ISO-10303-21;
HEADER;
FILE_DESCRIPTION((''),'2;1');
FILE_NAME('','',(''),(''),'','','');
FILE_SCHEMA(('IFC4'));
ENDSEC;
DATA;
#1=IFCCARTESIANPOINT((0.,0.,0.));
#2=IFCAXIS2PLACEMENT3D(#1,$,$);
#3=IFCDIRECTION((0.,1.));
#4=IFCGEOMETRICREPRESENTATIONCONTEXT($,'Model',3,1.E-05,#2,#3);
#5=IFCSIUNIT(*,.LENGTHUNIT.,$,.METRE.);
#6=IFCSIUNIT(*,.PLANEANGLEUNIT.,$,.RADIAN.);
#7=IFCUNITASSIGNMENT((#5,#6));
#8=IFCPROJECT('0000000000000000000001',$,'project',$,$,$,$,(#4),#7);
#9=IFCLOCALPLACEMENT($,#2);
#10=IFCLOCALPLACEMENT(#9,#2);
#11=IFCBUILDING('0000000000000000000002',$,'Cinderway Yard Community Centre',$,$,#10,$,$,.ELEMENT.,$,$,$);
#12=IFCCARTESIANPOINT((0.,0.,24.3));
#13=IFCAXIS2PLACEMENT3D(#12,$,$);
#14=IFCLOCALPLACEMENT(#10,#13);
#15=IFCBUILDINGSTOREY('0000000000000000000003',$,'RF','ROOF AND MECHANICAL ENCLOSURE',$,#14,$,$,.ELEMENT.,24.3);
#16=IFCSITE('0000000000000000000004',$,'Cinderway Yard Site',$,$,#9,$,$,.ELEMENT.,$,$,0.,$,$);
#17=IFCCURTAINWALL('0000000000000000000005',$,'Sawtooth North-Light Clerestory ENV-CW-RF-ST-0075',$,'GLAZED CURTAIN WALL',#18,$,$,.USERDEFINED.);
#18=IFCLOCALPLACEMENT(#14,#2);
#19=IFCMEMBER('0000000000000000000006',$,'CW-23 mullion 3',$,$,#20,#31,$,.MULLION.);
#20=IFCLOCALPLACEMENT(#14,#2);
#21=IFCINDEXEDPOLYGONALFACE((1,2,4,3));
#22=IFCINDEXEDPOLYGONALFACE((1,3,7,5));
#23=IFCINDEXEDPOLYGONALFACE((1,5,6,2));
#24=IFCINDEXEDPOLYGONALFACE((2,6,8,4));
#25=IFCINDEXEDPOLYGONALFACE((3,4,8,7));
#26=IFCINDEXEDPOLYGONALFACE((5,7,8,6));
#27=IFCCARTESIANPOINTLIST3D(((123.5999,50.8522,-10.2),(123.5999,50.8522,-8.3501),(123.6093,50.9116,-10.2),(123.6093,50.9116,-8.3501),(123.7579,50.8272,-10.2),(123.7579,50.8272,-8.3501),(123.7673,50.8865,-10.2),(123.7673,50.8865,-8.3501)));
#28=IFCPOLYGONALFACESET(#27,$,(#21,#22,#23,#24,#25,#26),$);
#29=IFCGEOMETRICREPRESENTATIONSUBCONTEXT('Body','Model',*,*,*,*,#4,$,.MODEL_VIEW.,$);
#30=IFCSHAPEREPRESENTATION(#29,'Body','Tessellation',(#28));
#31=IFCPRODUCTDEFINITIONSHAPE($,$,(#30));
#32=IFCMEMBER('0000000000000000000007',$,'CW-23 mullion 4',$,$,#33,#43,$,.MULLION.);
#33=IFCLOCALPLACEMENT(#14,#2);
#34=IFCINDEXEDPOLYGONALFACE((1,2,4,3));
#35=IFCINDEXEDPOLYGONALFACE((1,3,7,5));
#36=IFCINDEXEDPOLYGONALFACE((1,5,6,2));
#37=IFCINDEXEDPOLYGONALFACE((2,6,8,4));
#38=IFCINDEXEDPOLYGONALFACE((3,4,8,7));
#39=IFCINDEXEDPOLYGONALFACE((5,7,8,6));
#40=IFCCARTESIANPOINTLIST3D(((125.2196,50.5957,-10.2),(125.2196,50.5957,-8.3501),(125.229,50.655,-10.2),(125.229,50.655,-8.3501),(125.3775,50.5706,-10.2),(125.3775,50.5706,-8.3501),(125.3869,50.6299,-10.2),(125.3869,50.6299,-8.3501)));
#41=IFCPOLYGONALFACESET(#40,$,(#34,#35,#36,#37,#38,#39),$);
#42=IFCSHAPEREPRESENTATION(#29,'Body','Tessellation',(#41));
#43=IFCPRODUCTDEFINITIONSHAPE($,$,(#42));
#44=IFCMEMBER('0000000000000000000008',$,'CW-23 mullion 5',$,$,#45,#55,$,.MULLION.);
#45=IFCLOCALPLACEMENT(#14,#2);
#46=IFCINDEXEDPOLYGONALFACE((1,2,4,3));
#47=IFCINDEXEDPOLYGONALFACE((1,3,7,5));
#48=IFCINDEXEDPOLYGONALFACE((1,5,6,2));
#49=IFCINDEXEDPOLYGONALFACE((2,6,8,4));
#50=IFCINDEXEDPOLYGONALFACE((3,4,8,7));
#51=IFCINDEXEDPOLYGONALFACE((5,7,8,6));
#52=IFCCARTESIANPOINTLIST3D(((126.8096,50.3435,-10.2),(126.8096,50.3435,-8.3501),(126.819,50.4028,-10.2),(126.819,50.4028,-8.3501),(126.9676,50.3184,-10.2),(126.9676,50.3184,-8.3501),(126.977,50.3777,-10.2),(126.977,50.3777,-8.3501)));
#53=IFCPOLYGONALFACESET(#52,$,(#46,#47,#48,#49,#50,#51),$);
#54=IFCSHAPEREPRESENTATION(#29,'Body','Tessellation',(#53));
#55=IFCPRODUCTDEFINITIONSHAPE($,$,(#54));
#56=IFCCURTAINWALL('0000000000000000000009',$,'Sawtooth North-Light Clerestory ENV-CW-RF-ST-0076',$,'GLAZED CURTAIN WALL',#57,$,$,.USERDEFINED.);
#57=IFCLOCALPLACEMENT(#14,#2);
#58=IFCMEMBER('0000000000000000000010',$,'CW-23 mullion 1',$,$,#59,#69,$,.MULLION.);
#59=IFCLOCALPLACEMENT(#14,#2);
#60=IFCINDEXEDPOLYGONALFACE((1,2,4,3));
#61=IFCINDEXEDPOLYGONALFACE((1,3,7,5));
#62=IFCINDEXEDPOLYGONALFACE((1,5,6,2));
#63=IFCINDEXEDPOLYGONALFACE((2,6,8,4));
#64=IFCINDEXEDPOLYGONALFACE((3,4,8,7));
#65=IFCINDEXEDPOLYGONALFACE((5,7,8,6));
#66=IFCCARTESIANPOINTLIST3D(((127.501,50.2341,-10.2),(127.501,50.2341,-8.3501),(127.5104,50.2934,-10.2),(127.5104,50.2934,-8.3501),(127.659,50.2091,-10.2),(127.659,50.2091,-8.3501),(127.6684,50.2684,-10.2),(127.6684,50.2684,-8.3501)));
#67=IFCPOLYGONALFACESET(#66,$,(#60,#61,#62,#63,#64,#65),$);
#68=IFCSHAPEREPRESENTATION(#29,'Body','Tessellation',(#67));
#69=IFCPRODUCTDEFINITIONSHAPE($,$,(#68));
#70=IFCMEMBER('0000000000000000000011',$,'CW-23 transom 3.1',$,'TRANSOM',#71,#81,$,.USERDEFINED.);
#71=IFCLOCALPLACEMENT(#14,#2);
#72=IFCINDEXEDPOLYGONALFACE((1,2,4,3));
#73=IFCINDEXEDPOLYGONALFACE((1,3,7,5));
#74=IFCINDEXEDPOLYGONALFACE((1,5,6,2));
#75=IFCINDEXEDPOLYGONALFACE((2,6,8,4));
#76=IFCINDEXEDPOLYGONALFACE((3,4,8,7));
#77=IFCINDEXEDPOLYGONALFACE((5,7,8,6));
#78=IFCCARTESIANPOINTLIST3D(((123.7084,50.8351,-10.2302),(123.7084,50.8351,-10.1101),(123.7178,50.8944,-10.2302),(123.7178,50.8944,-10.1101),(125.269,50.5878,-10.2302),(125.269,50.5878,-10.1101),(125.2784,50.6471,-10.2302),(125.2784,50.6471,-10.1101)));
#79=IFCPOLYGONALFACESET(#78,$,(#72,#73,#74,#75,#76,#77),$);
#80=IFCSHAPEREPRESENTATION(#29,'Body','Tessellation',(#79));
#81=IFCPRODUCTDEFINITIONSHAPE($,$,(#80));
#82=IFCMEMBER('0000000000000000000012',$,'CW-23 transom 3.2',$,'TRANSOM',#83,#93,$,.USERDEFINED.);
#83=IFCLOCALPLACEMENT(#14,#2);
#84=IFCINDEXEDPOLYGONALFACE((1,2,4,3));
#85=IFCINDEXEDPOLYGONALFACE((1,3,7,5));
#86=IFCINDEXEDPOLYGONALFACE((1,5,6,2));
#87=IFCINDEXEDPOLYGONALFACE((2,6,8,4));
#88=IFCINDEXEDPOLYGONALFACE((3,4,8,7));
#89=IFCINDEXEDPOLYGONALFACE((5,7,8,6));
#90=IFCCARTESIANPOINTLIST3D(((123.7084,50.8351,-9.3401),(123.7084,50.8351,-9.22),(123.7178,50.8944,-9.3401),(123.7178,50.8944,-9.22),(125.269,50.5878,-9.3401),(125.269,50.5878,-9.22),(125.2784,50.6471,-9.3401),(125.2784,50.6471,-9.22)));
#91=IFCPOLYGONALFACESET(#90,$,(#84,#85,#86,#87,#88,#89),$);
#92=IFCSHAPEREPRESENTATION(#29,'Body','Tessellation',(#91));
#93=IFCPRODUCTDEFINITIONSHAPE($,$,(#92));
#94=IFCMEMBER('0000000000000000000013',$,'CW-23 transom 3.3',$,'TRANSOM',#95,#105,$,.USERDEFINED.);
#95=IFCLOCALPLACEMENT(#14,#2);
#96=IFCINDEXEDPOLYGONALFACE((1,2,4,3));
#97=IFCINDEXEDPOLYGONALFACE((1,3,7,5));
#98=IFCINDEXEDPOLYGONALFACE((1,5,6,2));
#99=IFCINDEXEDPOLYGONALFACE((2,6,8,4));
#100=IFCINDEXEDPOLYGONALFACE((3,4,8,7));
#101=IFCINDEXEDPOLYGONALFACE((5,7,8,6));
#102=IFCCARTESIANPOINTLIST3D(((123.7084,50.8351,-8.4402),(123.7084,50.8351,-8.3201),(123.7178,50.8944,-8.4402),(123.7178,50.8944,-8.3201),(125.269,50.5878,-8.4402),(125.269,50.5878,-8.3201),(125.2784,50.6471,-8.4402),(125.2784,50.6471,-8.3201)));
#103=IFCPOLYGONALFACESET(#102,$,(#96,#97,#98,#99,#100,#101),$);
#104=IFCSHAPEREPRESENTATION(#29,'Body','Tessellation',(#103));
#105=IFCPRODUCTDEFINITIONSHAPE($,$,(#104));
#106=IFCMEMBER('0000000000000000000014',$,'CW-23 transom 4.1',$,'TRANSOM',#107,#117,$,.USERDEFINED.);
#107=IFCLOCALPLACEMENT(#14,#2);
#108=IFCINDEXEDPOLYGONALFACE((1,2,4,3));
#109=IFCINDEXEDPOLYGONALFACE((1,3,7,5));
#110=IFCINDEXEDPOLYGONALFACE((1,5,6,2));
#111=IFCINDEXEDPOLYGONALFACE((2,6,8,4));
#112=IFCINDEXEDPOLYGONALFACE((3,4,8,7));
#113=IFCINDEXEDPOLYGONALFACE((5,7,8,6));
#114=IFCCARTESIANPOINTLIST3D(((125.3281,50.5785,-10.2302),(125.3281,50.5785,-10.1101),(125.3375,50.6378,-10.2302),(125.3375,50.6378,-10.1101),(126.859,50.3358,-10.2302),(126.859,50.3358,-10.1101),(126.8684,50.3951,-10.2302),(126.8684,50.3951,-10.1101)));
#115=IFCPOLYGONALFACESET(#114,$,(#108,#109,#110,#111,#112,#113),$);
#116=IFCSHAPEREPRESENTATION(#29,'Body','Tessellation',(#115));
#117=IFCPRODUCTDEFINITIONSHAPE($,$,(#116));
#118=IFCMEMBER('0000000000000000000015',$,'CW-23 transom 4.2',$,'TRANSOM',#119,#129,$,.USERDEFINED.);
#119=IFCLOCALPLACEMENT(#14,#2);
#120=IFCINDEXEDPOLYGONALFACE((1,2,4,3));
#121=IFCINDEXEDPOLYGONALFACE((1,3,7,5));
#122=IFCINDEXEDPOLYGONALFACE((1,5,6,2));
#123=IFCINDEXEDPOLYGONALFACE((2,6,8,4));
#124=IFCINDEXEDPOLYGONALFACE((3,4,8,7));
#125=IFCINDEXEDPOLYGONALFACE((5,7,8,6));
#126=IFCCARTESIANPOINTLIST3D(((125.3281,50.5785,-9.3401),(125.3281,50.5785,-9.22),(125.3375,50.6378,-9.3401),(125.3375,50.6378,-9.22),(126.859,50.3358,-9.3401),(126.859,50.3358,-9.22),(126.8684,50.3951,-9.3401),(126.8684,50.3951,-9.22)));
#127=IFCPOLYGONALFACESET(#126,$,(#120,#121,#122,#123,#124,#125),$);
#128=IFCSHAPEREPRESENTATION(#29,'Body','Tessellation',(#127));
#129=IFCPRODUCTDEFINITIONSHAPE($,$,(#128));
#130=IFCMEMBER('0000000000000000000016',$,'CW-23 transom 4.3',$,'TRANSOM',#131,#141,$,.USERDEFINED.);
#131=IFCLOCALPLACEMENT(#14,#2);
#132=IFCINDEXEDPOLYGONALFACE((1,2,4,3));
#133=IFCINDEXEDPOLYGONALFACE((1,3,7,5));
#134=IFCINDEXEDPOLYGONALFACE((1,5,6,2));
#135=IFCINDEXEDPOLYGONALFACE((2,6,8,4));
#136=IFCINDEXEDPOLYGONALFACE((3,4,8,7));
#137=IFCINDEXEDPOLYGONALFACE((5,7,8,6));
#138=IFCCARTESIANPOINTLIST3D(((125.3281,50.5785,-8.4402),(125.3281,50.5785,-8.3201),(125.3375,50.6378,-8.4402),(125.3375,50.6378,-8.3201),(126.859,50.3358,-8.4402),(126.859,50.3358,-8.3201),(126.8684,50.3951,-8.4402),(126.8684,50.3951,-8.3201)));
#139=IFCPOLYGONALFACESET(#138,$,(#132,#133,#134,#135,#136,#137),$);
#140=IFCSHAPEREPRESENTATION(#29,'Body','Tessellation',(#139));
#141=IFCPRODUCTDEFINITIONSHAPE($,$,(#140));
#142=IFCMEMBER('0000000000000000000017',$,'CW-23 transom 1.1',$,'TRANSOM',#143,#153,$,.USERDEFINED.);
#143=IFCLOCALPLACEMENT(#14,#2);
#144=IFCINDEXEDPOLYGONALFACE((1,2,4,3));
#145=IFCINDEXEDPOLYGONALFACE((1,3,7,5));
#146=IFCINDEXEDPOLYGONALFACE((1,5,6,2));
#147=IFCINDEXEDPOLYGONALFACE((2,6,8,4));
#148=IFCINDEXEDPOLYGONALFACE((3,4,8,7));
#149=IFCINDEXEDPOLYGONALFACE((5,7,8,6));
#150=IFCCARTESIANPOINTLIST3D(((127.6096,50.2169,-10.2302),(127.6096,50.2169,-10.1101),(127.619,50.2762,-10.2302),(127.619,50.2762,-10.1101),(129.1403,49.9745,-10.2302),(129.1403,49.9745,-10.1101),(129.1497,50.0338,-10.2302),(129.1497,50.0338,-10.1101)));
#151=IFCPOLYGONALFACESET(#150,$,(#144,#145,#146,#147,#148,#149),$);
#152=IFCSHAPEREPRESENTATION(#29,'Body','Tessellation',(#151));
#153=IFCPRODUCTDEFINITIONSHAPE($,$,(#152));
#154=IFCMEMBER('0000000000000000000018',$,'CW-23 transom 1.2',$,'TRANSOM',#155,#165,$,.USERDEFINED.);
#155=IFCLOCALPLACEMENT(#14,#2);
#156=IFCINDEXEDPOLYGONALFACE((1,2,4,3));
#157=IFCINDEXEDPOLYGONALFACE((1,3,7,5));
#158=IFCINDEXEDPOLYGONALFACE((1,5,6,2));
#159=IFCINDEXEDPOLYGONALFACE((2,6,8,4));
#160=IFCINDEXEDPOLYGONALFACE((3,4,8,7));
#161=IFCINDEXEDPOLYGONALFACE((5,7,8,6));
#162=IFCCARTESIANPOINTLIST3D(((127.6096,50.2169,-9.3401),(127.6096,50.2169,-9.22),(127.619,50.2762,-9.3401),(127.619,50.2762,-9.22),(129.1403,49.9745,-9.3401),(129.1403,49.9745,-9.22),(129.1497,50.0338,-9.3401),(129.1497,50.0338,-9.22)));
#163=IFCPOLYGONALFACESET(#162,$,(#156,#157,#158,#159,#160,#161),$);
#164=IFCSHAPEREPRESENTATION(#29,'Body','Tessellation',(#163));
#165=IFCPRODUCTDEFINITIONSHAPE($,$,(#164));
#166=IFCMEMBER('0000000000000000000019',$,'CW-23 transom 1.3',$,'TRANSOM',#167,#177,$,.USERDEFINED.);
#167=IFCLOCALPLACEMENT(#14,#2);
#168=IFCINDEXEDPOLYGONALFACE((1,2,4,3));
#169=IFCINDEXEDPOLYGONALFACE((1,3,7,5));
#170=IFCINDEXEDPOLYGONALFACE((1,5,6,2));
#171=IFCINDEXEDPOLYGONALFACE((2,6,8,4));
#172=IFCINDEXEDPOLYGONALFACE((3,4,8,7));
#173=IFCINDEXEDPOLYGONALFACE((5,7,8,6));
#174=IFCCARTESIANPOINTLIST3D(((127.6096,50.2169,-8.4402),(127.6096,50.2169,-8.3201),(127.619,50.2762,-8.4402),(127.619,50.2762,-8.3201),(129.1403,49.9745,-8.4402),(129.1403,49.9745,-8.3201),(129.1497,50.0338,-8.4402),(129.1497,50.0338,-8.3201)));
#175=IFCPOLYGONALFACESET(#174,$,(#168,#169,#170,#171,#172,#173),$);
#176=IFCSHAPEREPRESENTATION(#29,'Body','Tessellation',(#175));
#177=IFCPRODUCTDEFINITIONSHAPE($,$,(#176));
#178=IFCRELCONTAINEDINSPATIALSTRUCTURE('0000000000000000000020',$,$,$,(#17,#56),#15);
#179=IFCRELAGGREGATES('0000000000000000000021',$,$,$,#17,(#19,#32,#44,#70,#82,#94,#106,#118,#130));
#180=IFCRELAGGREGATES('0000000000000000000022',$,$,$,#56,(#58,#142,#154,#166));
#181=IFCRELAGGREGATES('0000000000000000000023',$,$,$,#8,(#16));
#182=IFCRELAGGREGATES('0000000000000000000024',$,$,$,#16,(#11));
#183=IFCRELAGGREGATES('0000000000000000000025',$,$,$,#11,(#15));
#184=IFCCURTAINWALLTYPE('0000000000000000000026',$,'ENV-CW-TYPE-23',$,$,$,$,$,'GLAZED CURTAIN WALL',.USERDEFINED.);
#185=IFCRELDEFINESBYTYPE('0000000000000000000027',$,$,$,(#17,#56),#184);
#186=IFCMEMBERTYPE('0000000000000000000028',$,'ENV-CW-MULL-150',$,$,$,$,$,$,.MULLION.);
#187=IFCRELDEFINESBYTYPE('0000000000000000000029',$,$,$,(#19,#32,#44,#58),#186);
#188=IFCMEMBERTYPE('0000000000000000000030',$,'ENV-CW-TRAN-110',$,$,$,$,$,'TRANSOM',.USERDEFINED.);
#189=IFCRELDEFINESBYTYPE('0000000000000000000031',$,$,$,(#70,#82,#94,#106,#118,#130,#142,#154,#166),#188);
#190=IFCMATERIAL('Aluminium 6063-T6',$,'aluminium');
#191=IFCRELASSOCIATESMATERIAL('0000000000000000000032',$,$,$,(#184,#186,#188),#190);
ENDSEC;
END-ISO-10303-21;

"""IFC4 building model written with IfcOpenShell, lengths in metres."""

from ifc_helpers import new_model, si_unit, direction, frame, origin, origin_2d, place, context, subcontext, project, spatial, rectangle, extrude, material, material_profile, profile_set, type_object, element, aggregate, save


model = new_model("IFC4")

# Units and contexts
model_context = context("Model", 3, precision=1e-05, world=origin(), true_north=direction((0.0, 1.0)))
body_context = subcontext(model_context, "Body", "Model", "MODEL_VIEW")
ifc_project = project(units=[si_unit("LENGTHUNIT", "METRE"), si_unit("PLANEANGLEUNIT", "RADIAN")], contexts=[model_context])

# Site, building, storey
site_placement = place(None, origin())
site = spatial("IfcSite", under=ifc_project, at=site_placement, Name="Cinderway Yard Site", CompositionType="ELEMENT", RefElevation=0.0)
building_placement = place(site_placement, origin())
building = spatial("IfcBuilding", under=site, at=building_placement, Name="Cinderway Yard Community Centre", CompositionType="ELEMENT")
storey_placement = place(building_placement, frame((0.0, 0.0, 24.3)))
storey = spatial("IfcBuildingStorey", under=building, at=storey_placement, Name="RF", Description="ROOF AND MECHANICAL ENCLOSURE", CompositionType="ELEMENT", Elevation=24.3)

# Curtain wall, members
ifc_material_1 = material(Name="Aluminium 6063-T6", Category="aluminium")
curtain_wall_type = type_object("IfcCurtainWallType", Name="ENV-CW-TYPE-23", ElementType="GLAZED CURTAIN WALL", PredefinedType="USERDEFINED", material=ifc_material_1)
curtain_wall_1_placement = place(storey_placement, origin())
curtain_wall_1 = element("IfcCurtainWall", 1, at=curtain_wall_1_placement, inside=storey, type_object=curtain_wall_type, Name="Sawtooth North-Light Clerestory ENV-CW-RF-ST-0075", ObjectType="GLAZED CURTAIN WALL", PredefinedType="USERDEFINED")
ifc_material_profile_1 = material_profile(ifc_material_1, rectangle(XDim=0.0601, YDim=0.1599, at=origin_2d()), Name="Aluminium 6063-T6")
ifc_profile_set_1 = profile_set([ifc_material_profile_1], Name="Aluminium 6063-T6")
member_type_1 = type_object("IfcMemberType", Name="ENV-CW-MULL-150", PredefinedType="MULLION", material=ifc_profile_set_1)
member_1_placement = place(storey_placement, frame((123.6836, 50.8694, -10.2), z_axis=(0.0, 0.0, 1.0), x_axis=(0.156557, 0.987669, 0.0)))
member_1 = element("IfcMember", 2, at=member_1_placement, type_object=member_type_1, Name="CW-23 mullion 3", PredefinedType="MULLION", context=body_context, shape_type="SweptSolid", body=[
    extrude(rectangle(XDim=0.0601, YDim=0.1599, at=origin_2d()), origin(), (0.0, 0.0, 1.0), 1.8499),
])
member_2_placement = place(storey_placement, frame((125.3032, 50.6128, -10.2), z_axis=(0.0, 0.0, 1.0), x_axis=(0.156557, 0.987669, 0.0)))
member_2 = element("IfcMember", 3, at=member_2_placement, type_object=member_type_1, Name="CW-23 mullion 4", PredefinedType="MULLION", context=body_context, shape_type="SweptSolid", body=[
    extrude(rectangle(XDim=0.0601, YDim=0.1599, at=origin_2d()), origin(), (0.0, 0.0, 1.0), 1.8499),
])
member_3_placement = place(storey_placement, frame((126.8933, 50.3606, -10.2), z_axis=(0.0, 0.0, 1.0), x_axis=(0.156557, 0.987669, 0.0)))
member_3 = element("IfcMember", 4, at=member_3_placement, type_object=member_type_1, Name="CW-23 mullion 5", PredefinedType="MULLION", context=body_context, shape_type="SweptSolid", body=[
    extrude(rectangle(XDim=0.0601, YDim=0.1599, at=origin_2d()), origin(), (0.0, 0.0, 1.0), 1.8499),
])

# Curtain wall, member
curtain_wall_2_placement = place(storey_placement, origin())
curtain_wall_2 = element("IfcCurtainWall", 5, at=curtain_wall_2_placement, inside=storey, type_object=curtain_wall_type, Name="Sawtooth North-Light Clerestory ENV-CW-RF-ST-0076", ObjectType="GLAZED CURTAIN WALL", PredefinedType="USERDEFINED")
member_4_placement = place(storey_placement, frame((127.5847, 50.2512, -10.2), z_axis=(0.0, 0.0, 1.0), x_axis=(0.156409, 0.987692, 0.0)))
member_4 = element("IfcMember", 6, at=member_4_placement, type_object=member_type_1, Name="CW-23 mullion 1", PredefinedType="MULLION", context=body_context, shape_type="SweptSolid", body=[
    extrude(rectangle(XDim=0.0601, YDim=0.1599, at=origin_2d()), origin(), (0.0, 0.0, 1.0), 1.8499),
])

# Members
ifc_material_profile_2 = material_profile(ifc_material_1, rectangle(XDim=0.0601, YDim=0.1201, at=origin_2d()), Name="Aluminium 6063-T6")
ifc_profile_set_2 = profile_set([ifc_material_profile_2], Name="Aluminium 6063-T6")
member_type_2 = type_object("IfcMemberType", Name="ENV-CW-TRAN-110", ElementType="TRANSOM", PredefinedType="USERDEFINED", material=ifc_profile_set_2)
member_5_placement = place(storey_placement, frame((123.7131, 50.8647, -10.1702), z_axis=(0.987674, -0.156526, 0.0), x_axis=(0.156526, 0.987674, 0.0)))
member_5 = element("IfcMember", 7, at=member_5_placement, type_object=member_type_2, Name="CW-23 transom 3.1", ObjectType="TRANSOM", PredefinedType="USERDEFINED", context=body_context, shape_type="SweptSolid", body=[
    extrude(rectangle(XDim=0.0601, YDim=0.1201, at=origin_2d()), origin(), (0.0, 0.0, 1.0), 1.5801),
])
member_6_placement = place(storey_placement, frame((123.7131, 50.8647, -9.28), z_axis=(0.987674, -0.156526, 0.0), x_axis=(0.156526, 0.987674, 0.0)))
member_6 = element("IfcMember", 8, at=member_6_placement, type_object=member_type_2, Name="CW-23 transom 3.2", ObjectType="TRANSOM", PredefinedType="USERDEFINED", context=body_context, shape_type="SweptSolid", body=[
    extrude(rectangle(XDim=0.0601, YDim=0.1201, at=origin_2d()), origin(), (0.0, 0.0, 1.0), 1.5801),
])
member_7_placement = place(storey_placement, frame((123.7131, 50.8647, -8.3801), z_axis=(0.987674, -0.156526, 0.0), x_axis=(0.156526, 0.987674, 0.0)))
member_7 = element("IfcMember", 9, at=member_7_placement, type_object=member_type_2, Name="CW-23 transom 3.3", ObjectType="TRANSOM", PredefinedType="USERDEFINED", context=body_context, shape_type="SweptSolid", body=[
    extrude(rectangle(XDim=0.0601, YDim=0.1201, at=origin_2d()), origin(), (0.0, 0.0, 1.0), 1.5801),
])
member_8_placement = place(storey_placement, frame((125.3328, 50.6082, -10.1702), z_axis=(0.98767, -0.156553, 0.0), x_axis=(0.156553, 0.98767, 0.0)))
member_8 = element("IfcMember", 10, at=member_8_placement, type_object=member_type_2, Name="CW-23 transom 4.1", ObjectType="TRANSOM", PredefinedType="USERDEFINED", context=body_context, shape_type="SweptSolid", body=[
    extrude(rectangle(XDim=0.0601, YDim=0.1201, at=origin_2d()), origin(), (0.0, 0.0, 1.0), 1.55),
])
member_9_placement = place(storey_placement, frame((125.3328, 50.6082, -9.28), z_axis=(0.98767, -0.156553, 0.0), x_axis=(0.156553, 0.98767, 0.0)))
member_9 = element("IfcMember", 11, at=member_9_placement, type_object=member_type_2, Name="CW-23 transom 4.2", ObjectType="TRANSOM", PredefinedType="USERDEFINED", context=body_context, shape_type="SweptSolid", body=[
    extrude(rectangle(XDim=0.0601, YDim=0.1201, at=origin_2d()), origin(), (0.0, 0.0, 1.0), 1.55),
])
member_10_placement = place(storey_placement, frame((125.3328, 50.6082, -8.3801), z_axis=(0.98767, -0.156553, 0.0), x_axis=(0.156553, 0.98767, 0.0)))
member_10 = element("IfcMember", 12, at=member_10_placement, type_object=member_type_2, Name="CW-23 transom 4.3", ObjectType="TRANSOM", PredefinedType="USERDEFINED", context=body_context, shape_type="SweptSolid", body=[
    extrude(rectangle(XDim=0.0601, YDim=0.1201, at=origin_2d()), origin(), (0.0, 0.0, 1.0), 1.55),
])
member_11_placement = place(storey_placement, frame((127.6143, 50.2466, -10.1702), z_axis=(0.98769, -0.156424, 0.0), x_axis=(0.156424, 0.98769, 0.0)))
member_11 = element("IfcMember", 13, at=member_11_placement, type_object=member_type_2, Name="CW-23 transom 1.1", ObjectType="TRANSOM", PredefinedType="USERDEFINED", context=body_context, shape_type="SweptSolid", body=[
    extrude(rectangle(XDim=0.0601, YDim=0.1201, at=origin_2d()), origin(), (0.0, 0.0, 1.0), 1.5498),
])
member_12_placement = place(storey_placement, frame((127.6143, 50.2466, -9.28), z_axis=(0.98769, -0.156424, 0.0), x_axis=(0.156424, 0.98769, 0.0)))
member_12 = element("IfcMember", 14, at=member_12_placement, type_object=member_type_2, Name="CW-23 transom 1.2", ObjectType="TRANSOM", PredefinedType="USERDEFINED", context=body_context, shape_type="SweptSolid", body=[
    extrude(rectangle(XDim=0.0601, YDim=0.1201, at=origin_2d()), origin(), (0.0, 0.0, 1.0), 1.5498),
])
member_13_placement = place(storey_placement, frame((127.6143, 50.2466, -8.3801), z_axis=(0.98769, -0.156424, 0.0), x_axis=(0.156424, 0.98769, 0.0)))
member_13 = element("IfcMember", 15, at=member_13_placement, type_object=member_type_2, Name="CW-23 transom 1.3", ObjectType="TRANSOM", PredefinedType="USERDEFINED", context=body_context, shape_type="SweptSolid", body=[
    extrude(rectangle(XDim=0.0601, YDim=0.1201, at=origin_2d()), origin(), (0.0, 0.0, 1.0), 1.5498),
])

aggregate(curtain_wall_1, [member_1, member_2, member_3, member_5, member_6, member_7, member_8, member_9, member_10])
aggregate(curtain_wall_2, [member_4, member_11, member_12, member_13])

save(model, "model.ifc")
